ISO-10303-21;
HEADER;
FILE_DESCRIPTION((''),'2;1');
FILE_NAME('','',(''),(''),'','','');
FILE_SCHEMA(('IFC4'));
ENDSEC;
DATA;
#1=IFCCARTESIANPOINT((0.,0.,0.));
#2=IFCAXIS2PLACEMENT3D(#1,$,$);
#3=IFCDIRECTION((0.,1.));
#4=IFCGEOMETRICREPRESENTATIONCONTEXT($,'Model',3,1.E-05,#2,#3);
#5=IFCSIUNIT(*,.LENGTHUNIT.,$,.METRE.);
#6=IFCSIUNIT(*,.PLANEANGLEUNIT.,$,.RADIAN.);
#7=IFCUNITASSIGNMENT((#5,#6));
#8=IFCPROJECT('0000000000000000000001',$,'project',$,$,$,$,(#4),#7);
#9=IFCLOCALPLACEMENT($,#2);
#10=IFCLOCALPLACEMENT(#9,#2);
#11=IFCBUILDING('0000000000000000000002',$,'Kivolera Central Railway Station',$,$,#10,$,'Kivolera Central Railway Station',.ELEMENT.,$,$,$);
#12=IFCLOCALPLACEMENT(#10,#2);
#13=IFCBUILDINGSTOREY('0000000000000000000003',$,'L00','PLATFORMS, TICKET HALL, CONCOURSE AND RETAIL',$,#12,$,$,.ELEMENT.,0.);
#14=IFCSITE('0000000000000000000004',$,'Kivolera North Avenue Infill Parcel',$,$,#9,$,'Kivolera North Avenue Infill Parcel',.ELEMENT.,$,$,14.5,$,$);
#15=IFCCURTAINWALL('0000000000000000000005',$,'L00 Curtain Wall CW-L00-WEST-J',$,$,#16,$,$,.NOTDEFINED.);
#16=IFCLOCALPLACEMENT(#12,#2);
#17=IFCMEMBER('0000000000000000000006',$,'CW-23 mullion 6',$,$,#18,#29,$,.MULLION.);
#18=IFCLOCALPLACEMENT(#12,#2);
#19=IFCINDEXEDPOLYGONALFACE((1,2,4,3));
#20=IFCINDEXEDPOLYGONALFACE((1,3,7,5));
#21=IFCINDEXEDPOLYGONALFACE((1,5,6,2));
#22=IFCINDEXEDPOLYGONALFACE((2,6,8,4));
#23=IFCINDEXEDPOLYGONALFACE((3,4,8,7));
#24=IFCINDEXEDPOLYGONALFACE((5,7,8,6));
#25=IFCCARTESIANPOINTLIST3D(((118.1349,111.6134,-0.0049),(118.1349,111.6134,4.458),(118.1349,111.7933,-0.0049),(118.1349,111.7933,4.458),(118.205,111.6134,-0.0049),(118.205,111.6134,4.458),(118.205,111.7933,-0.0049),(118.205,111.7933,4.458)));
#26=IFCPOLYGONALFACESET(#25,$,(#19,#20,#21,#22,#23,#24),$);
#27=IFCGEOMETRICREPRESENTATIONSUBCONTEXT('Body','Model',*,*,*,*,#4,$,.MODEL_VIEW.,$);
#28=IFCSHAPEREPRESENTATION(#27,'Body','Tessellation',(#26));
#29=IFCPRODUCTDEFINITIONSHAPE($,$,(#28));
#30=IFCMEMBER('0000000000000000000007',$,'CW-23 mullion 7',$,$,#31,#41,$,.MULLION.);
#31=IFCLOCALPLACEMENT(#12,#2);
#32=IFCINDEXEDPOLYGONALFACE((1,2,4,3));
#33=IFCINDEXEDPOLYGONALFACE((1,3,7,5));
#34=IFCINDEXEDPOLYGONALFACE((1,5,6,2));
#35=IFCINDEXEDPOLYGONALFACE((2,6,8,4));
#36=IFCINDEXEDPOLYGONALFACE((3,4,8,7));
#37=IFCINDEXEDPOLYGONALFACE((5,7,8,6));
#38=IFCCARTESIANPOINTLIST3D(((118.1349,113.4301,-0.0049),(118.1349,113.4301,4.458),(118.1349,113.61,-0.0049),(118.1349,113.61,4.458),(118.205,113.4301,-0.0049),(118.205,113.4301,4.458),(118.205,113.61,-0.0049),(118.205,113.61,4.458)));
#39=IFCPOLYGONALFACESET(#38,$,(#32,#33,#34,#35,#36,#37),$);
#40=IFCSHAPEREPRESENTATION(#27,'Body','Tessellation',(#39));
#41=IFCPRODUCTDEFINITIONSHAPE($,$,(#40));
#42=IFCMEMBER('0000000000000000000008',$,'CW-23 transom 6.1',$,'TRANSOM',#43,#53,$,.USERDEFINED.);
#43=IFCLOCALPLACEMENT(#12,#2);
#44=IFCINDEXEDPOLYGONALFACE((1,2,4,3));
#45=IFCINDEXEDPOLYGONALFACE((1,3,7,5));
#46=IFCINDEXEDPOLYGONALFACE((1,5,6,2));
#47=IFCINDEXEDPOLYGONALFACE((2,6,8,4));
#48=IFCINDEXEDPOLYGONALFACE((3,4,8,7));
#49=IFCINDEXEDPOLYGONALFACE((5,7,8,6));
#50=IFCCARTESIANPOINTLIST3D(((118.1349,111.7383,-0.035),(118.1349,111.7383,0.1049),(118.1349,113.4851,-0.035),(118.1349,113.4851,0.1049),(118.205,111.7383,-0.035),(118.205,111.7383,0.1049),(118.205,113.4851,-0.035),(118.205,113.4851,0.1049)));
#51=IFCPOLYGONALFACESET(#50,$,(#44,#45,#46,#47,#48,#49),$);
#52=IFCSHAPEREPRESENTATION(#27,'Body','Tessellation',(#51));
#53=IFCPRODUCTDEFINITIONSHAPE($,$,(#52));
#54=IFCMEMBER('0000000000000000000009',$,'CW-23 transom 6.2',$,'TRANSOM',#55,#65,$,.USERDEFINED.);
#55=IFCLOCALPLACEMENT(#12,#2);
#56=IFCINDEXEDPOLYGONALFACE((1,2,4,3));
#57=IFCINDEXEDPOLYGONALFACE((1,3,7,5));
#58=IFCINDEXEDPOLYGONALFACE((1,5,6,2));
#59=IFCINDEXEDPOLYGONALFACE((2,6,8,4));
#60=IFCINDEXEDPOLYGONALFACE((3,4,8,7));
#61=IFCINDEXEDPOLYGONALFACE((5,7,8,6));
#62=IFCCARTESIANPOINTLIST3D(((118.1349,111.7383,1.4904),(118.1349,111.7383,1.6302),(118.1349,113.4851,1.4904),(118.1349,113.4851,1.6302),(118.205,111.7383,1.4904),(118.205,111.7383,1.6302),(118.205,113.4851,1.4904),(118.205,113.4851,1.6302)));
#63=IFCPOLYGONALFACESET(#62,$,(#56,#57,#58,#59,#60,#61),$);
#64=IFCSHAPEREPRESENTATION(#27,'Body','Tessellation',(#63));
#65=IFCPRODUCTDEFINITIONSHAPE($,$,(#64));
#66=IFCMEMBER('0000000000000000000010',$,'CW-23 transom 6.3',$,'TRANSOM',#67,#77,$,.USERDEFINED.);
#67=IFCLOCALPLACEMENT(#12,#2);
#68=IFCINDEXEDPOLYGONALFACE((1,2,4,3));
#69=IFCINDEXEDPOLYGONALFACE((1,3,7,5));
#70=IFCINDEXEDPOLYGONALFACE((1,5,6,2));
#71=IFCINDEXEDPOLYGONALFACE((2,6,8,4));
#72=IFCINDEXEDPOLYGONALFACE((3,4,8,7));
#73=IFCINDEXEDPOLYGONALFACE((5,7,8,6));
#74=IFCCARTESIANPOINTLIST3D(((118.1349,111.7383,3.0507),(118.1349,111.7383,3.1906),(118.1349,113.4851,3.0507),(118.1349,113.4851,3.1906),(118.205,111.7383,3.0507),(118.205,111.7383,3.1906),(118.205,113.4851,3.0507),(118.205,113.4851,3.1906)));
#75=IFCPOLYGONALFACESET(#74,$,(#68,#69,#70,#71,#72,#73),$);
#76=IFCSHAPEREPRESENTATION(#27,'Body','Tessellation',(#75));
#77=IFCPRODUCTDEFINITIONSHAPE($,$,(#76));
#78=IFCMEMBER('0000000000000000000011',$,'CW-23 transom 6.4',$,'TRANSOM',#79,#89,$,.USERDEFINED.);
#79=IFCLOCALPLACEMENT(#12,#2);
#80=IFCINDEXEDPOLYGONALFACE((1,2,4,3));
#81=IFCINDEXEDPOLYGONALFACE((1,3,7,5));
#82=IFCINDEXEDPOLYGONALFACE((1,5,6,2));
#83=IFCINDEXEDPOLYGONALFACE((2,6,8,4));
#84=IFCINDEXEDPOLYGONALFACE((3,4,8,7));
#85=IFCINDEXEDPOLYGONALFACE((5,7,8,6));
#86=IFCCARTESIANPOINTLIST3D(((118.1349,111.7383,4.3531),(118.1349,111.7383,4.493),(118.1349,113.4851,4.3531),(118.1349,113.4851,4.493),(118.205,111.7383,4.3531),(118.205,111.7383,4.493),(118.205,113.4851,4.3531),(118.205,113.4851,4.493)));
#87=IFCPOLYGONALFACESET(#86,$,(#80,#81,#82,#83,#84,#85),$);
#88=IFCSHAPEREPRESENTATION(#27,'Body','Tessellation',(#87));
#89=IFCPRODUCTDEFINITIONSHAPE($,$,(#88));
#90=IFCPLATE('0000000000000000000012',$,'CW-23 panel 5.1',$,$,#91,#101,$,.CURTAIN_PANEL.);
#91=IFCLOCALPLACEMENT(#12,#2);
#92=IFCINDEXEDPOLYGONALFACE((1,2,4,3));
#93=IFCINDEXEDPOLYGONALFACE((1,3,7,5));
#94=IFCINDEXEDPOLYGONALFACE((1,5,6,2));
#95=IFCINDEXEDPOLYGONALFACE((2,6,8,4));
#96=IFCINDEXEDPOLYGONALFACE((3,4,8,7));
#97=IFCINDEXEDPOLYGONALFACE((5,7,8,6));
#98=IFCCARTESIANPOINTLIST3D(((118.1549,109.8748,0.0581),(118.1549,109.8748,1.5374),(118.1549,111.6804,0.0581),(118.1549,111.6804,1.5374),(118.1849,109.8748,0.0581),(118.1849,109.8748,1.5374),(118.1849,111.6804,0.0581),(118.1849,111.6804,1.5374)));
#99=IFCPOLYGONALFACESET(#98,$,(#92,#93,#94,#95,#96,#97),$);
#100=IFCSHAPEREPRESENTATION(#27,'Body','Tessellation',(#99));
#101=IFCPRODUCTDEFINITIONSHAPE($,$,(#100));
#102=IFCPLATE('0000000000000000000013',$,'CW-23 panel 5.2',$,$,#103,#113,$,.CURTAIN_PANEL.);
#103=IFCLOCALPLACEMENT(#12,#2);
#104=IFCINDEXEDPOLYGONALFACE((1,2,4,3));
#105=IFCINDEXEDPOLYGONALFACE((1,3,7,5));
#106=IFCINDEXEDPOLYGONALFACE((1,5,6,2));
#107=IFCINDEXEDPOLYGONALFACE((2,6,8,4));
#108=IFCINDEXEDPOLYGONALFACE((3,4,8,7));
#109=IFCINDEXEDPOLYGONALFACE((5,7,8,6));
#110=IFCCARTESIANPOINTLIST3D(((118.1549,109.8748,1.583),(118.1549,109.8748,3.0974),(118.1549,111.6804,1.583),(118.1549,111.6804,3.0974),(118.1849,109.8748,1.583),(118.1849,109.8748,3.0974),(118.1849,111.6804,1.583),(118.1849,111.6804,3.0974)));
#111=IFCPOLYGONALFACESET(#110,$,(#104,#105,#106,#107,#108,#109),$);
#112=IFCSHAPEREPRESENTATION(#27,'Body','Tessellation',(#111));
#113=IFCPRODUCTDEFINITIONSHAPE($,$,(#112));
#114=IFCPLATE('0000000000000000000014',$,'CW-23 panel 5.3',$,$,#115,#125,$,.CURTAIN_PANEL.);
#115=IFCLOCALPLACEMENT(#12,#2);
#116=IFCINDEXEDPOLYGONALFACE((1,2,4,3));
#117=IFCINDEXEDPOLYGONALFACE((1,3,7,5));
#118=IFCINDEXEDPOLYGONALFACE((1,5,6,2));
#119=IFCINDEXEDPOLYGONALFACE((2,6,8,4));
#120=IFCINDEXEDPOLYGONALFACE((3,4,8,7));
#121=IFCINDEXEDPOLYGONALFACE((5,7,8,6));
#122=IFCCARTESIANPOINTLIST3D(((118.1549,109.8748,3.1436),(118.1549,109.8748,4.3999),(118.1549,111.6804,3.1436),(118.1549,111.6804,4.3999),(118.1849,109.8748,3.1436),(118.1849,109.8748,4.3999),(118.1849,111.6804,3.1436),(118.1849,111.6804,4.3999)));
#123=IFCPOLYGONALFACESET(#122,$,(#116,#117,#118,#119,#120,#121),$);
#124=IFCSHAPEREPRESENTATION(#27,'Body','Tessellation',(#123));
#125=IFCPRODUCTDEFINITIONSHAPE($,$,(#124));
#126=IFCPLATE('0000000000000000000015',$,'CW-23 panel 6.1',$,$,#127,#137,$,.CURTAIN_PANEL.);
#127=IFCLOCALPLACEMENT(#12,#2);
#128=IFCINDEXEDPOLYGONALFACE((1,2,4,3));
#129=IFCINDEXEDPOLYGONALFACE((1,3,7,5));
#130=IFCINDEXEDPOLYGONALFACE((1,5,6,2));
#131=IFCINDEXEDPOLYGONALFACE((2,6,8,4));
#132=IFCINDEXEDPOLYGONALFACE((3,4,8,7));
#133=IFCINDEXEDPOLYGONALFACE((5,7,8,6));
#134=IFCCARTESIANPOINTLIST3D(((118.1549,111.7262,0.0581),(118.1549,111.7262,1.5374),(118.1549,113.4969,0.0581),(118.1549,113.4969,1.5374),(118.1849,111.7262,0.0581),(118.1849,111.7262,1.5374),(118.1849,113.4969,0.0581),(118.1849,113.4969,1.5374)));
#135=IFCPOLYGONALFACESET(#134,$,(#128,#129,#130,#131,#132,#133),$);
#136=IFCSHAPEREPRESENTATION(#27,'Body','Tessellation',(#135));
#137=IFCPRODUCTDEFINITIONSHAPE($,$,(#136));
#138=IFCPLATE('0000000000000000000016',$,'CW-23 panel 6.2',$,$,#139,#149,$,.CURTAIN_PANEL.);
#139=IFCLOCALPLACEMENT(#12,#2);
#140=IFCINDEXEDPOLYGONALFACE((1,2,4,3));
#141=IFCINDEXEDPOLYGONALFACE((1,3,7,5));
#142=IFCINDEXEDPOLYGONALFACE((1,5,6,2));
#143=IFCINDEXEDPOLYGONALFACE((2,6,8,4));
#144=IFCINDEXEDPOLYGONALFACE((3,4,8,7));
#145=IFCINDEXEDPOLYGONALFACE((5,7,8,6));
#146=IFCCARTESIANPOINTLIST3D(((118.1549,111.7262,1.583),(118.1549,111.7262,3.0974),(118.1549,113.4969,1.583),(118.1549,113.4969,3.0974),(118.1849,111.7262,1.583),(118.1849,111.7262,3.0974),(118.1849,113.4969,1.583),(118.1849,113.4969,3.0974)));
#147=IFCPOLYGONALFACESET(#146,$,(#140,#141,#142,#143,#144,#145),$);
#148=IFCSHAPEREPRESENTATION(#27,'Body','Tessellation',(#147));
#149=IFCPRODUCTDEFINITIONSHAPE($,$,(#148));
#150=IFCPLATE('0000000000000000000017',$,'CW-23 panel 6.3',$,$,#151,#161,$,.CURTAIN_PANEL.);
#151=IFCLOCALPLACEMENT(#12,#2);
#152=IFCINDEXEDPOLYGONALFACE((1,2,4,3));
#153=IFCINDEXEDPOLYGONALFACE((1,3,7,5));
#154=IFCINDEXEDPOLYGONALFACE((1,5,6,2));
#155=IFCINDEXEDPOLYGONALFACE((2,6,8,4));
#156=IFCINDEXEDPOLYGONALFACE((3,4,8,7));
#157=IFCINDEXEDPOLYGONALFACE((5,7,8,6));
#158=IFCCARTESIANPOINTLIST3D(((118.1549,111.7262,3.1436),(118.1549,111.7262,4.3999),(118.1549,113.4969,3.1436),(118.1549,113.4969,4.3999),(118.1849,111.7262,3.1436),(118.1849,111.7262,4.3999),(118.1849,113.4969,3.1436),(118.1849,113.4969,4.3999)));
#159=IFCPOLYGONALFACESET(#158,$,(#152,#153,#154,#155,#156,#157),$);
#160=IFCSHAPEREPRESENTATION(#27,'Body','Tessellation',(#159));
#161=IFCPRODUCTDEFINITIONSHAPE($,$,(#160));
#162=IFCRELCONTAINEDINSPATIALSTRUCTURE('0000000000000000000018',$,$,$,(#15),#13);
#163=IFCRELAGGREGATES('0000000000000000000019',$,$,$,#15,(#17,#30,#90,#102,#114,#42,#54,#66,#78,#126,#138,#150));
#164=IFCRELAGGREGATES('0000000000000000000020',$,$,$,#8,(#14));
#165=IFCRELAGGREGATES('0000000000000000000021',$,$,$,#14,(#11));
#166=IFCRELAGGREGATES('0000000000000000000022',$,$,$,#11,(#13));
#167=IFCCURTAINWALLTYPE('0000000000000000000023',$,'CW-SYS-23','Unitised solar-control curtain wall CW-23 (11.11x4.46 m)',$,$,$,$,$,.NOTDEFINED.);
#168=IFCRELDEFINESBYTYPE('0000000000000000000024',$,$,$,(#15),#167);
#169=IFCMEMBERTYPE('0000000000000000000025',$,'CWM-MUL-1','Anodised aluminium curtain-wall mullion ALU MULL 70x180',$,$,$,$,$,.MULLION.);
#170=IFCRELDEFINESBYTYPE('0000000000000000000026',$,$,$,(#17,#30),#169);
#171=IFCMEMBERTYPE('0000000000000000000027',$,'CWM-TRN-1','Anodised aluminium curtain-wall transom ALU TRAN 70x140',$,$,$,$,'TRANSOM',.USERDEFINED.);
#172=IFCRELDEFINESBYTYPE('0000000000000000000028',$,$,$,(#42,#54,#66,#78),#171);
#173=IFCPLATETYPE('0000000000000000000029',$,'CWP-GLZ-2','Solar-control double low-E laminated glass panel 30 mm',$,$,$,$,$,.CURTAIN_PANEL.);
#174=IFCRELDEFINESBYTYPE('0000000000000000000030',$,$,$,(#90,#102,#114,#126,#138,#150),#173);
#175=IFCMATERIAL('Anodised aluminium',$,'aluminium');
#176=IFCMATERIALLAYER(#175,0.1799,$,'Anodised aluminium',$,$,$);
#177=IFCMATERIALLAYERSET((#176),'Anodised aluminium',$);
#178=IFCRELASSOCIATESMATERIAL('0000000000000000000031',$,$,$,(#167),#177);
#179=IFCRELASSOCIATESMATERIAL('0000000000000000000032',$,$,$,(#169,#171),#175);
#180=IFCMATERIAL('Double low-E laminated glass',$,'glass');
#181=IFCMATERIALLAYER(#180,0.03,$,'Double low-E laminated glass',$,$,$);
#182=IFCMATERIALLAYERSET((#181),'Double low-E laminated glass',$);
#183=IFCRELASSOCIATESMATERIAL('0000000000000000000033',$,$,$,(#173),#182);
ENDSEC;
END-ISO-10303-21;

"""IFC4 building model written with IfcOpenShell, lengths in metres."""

from ifc_helpers import new_model, si_unit, direction, frame, origin, origin_2d, place, context, subcontext, project, spatial, rectangle, extrude, material, layer, layer_set, material_profile, profile_set, type_object, element, aggregate, save


model = new_model("IFC4")

# Units and contexts
model_context = context("Model", 3, precision=1e-05, world=origin(), true_north=direction((0.0, 1.0)))
body_context = subcontext(model_context, "Body", "Model", "MODEL_VIEW")
ifc_project = project(units=[si_unit("LENGTHUNIT", "METRE"), si_unit("PLANEANGLEUNIT", "RADIAN")], contexts=[model_context])

# Site, building, storey
site_placement = place(None, origin())
site = spatial("IfcSite", under=ifc_project, at=site_placement, Name="Kivolera North Avenue Infill Parcel", LongName="Kivolera North Avenue Infill Parcel", CompositionType="ELEMENT", RefElevation=14.5)
building_placement = place(site_placement, origin())
building = spatial("IfcBuilding", under=site, at=building_placement, Name="Kivolera Central Railway Station", LongName="Kivolera Central Railway Station", CompositionType="ELEMENT")
storey_placement = place(building_placement, origin())
storey = spatial("IfcBuildingStorey", under=building, at=storey_placement, Name="L00", Description="PLATFORMS, TICKET HALL, CONCOURSE AND RETAIL", CompositionType="ELEMENT", Elevation=0.0)

# Curtain wall, members, plates
ifc_material_1 = material(Name="Anodised aluminium", Category="aluminium")
ifc_layer_1 = layer(ifc_material_1, 0.1799, Name="Anodised aluminium")
ifc_layer_set_1 = layer_set([ifc_layer_1], Name="Anodised aluminium")
curtain_wall_type = type_object("IfcCurtainWallType", Name="CW-SYS-23", Description="Unitised solar-control curtain wall CW-23 (11.11x4.46 m)", PredefinedType="NOTDEFINED", material=ifc_layer_set_1)
curtain_wall_placement = place(storey_placement, origin())
curtain_wall = element("IfcCurtainWall", 1, at=curtain_wall_placement, inside=storey, type_object=curtain_wall_type, Name="L00 Curtain Wall CW-L00-WEST-J", PredefinedType="NOTDEFINED")
ifc_material_profile_1 = material_profile(ifc_material_1, rectangle(XDim=0.0701, YDim=0.1799, at=origin_2d()), Name="ALU MULL 70x180")
ifc_profile_set_1 = profile_set([ifc_material_profile_1], Name="Anodised aluminium")
member_type_1 = type_object("IfcMemberType", Name="CWM-MUL-1", Description="Anodised aluminium curtain-wall mullion ALU MULL 70x180", PredefinedType="MULLION", material=ifc_profile_set_1)
member_1_placement = place(storey_placement, frame((118.1699, 111.7034, -0.0049), z_axis=(0.0, 0.0, 1.0), x_axis=(-1.0, 0.0, 0.0)))
member_1 = element("IfcMember", 2, at=member_1_placement, type_object=member_type_1, Name="CW-23 mullion 6", PredefinedType="MULLION", context=body_context, shape_type="SweptSolid", body=[
    extrude(rectangle(XDim=0.0701, YDim=0.1799, at=origin_2d()), origin(), (0.0, 0.0, 1.0), 4.4629),
])
member_2_placement = place(storey_placement, frame((118.1699, 113.52, -0.0049), z_axis=(0.0, 0.0, 1.0), x_axis=(-1.0, 0.0, 0.0)))
member_2 = element("IfcMember", 3, at=member_2_placement, type_object=member_type_1, Name="CW-23 mullion 7", PredefinedType="MULLION", context=body_context, shape_type="SweptSolid", body=[
    extrude(rectangle(XDim=0.0701, YDim=0.1799, at=origin_2d()), origin(), (0.0, 0.0, 1.0), 4.4629),
])
ifc_material_profile_2 = material_profile(ifc_material_1, rectangle(XDim=0.0701, YDim=0.1399, at=origin_2d()), Name="ALU TRAN 70x140")
ifc_profile_set_2 = profile_set([ifc_material_profile_2], Name="Anodised aluminium")
member_type_2 = type_object("IfcMemberType", Name="CWM-TRN-1", Description="Anodised aluminium curtain-wall transom ALU TRAN 70x140", ElementType="TRANSOM", PredefinedType="USERDEFINED", material=ifc_profile_set_2)
member_3_placement = place(storey_placement, frame((118.1699, 111.7383, 0.0349), z_axis=(0.0, 1.0, 0.0), x_axis=(-1.0, 0.0, 0.0)))
member_3 = element("IfcMember", 4, at=member_3_placement, type_object=member_type_2, Name="CW-23 transom 6.1", ObjectType="TRANSOM", PredefinedType="USERDEFINED", context=body_context, shape_type="SweptSolid", body=[
    extrude(rectangle(XDim=0.0701, YDim=0.1399, at=origin_2d()), origin(), (0.0, 0.0, 1.0), 1.7468),
])
member_4_placement = place(storey_placement, frame((118.1699, 111.7383, 1.5603), z_axis=(0.0, 1.0, 0.0), x_axis=(-1.0, 0.0, 0.0)))
member_4 = element("IfcMember", 5, at=member_4_placement, type_object=member_type_2, Name="CW-23 transom 6.2", ObjectType="TRANSOM", PredefinedType="USERDEFINED", context=body_context, shape_type="SweptSolid", body=[
    extrude(rectangle(XDim=0.0701, YDim=0.1399, at=origin_2d()), origin(), (0.0, 0.0, 1.0), 1.7468),
])
member_5_placement = place(storey_placement, frame((118.1699, 111.7383, 3.1206), z_axis=(0.0, 1.0, 0.0), x_axis=(-1.0, 0.0, 0.0)))
member_5 = element("IfcMember", 6, at=member_5_placement, type_object=member_type_2, Name="CW-23 transom 6.3", ObjectType="TRANSOM", PredefinedType="USERDEFINED", context=body_context, shape_type="SweptSolid", body=[
    extrude(rectangle(XDim=0.0701, YDim=0.1399, at=origin_2d()), origin(), (0.0, 0.0, 1.0), 1.7468),
])
member_6_placement = place(storey_placement, frame((118.1699, 111.7383, 4.4231), z_axis=(0.0, 1.0, 0.0), x_axis=(-1.0, 0.0, 0.0)))
member_6 = element("IfcMember", 7, at=member_6_placement, type_object=member_type_2, Name="CW-23 transom 6.4", ObjectType="TRANSOM", PredefinedType="USERDEFINED", context=body_context, shape_type="SweptSolid", body=[
    extrude(rectangle(XDim=0.0701, YDim=0.1399, at=origin_2d()), origin(), (0.0, 0.0, 1.0), 1.7468),
])
ifc_material_2 = material(Name="Double low-E laminated glass", Category="glass")
ifc_layer_2 = layer(ifc_material_2, 0.03, Name="Double low-E laminated glass")
ifc_layer_set_2 = layer_set([ifc_layer_2], Name="Double low-E laminated glass")
plate_type = type_object("IfcPlateType", Name="CWP-GLZ-2", Description="Solar-control double low-E laminated glass panel 30 mm", PredefinedType="CURTAIN_PANEL", material=ifc_layer_set_2)
plate_1_placement = place(storey_placement, frame((118.1699, 110.7776, 0.0581), z_axis=(0.0, 0.0, 1.0), x_axis=(0.0, 1.0, 0.0)))
plate_1 = element("IfcPlate", 8, at=plate_1_placement, type_object=plate_type, Name="CW-23 panel 5.1", PredefinedType="CURTAIN_PANEL", context=body_context, shape_type="SweptSolid", body=[
    extrude(rectangle(XDim=1.8057, YDim=0.03, at=origin_2d()), origin(), (0.0, 0.0, 1.0), 1.4792),
])
plate_2_placement = place(storey_placement, frame((118.1699, 110.7776, 1.583), z_axis=(0.0, 0.0, 1.0), x_axis=(0.0, 1.0, 0.0)))
plate_2 = element("IfcPlate", 9, at=plate_2_placement, type_object=plate_type, Name="CW-23 panel 5.2", PredefinedType="CURTAIN_PANEL", context=body_context, shape_type="SweptSolid", body=[
    extrude(rectangle(XDim=1.8057, YDim=0.03, at=origin_2d()), origin(), (0.0, 0.0, 1.0), 1.5144),
])
plate_3_placement = place(storey_placement, frame((118.1699, 110.7776, 3.1436), z_axis=(0.0, 0.0, 1.0), x_axis=(0.0, 1.0, 0.0)))
plate_3 = element("IfcPlate", 10, at=plate_3_placement, type_object=plate_type, Name="CW-23 panel 5.3", PredefinedType="CURTAIN_PANEL", context=body_context, shape_type="SweptSolid", body=[
    extrude(rectangle(XDim=1.8057, YDim=0.03, at=origin_2d()), origin(), (0.0, 0.0, 1.0), 1.2563),
])
plate_4_placement = place(storey_placement, frame((118.1699, 112.6116, 0.0581), z_axis=(0.0, 0.0, 1.0), x_axis=(0.0, 1.0, 0.0)))
plate_4 = element("IfcPlate", 11, at=plate_4_placement, type_object=plate_type, Name="CW-23 panel 6.1", PredefinedType="CURTAIN_PANEL", context=body_context, shape_type="SweptSolid", body=[
    extrude(rectangle(XDim=1.7708, YDim=0.03, at=origin_2d()), origin(), (0.0, 0.0, 1.0), 1.4792),
])
plate_5_placement = place(storey_placement, frame((118.1699, 112.6116, 1.583), z_axis=(0.0, 0.0, 1.0), x_axis=(0.0, 1.0, 0.0)))
plate_5 = element("IfcPlate", 12, at=plate_5_placement, type_object=plate_type, Name="CW-23 panel 6.2", PredefinedType="CURTAIN_PANEL", context=body_context, shape_type="SweptSolid", body=[
    extrude(rectangle(XDim=1.7708, YDim=0.03, at=origin_2d()), origin(), (0.0, 0.0, 1.0), 1.5144),
])
plate_6_placement = place(storey_placement, frame((118.1699, 112.6116, 3.1436), z_axis=(0.0, 0.0, 1.0), x_axis=(0.0, 1.0, 0.0)))
plate_6 = element("IfcPlate", 13, at=plate_6_placement, type_object=plate_type, Name="CW-23 panel 6.3", PredefinedType="CURTAIN_PANEL", context=body_context, shape_type="SweptSolid", body=[
    extrude(rectangle(XDim=1.7708, YDim=0.03, at=origin_2d()), origin(), (0.0, 0.0, 1.0), 1.2563),
])
aggregate(curtain_wall, [member_1, member_2, plate_1, plate_2, plate_3, member_3, member_4, member_5, member_6, plate_4, plate_5, plate_6])

save(model, "model.ifc")
